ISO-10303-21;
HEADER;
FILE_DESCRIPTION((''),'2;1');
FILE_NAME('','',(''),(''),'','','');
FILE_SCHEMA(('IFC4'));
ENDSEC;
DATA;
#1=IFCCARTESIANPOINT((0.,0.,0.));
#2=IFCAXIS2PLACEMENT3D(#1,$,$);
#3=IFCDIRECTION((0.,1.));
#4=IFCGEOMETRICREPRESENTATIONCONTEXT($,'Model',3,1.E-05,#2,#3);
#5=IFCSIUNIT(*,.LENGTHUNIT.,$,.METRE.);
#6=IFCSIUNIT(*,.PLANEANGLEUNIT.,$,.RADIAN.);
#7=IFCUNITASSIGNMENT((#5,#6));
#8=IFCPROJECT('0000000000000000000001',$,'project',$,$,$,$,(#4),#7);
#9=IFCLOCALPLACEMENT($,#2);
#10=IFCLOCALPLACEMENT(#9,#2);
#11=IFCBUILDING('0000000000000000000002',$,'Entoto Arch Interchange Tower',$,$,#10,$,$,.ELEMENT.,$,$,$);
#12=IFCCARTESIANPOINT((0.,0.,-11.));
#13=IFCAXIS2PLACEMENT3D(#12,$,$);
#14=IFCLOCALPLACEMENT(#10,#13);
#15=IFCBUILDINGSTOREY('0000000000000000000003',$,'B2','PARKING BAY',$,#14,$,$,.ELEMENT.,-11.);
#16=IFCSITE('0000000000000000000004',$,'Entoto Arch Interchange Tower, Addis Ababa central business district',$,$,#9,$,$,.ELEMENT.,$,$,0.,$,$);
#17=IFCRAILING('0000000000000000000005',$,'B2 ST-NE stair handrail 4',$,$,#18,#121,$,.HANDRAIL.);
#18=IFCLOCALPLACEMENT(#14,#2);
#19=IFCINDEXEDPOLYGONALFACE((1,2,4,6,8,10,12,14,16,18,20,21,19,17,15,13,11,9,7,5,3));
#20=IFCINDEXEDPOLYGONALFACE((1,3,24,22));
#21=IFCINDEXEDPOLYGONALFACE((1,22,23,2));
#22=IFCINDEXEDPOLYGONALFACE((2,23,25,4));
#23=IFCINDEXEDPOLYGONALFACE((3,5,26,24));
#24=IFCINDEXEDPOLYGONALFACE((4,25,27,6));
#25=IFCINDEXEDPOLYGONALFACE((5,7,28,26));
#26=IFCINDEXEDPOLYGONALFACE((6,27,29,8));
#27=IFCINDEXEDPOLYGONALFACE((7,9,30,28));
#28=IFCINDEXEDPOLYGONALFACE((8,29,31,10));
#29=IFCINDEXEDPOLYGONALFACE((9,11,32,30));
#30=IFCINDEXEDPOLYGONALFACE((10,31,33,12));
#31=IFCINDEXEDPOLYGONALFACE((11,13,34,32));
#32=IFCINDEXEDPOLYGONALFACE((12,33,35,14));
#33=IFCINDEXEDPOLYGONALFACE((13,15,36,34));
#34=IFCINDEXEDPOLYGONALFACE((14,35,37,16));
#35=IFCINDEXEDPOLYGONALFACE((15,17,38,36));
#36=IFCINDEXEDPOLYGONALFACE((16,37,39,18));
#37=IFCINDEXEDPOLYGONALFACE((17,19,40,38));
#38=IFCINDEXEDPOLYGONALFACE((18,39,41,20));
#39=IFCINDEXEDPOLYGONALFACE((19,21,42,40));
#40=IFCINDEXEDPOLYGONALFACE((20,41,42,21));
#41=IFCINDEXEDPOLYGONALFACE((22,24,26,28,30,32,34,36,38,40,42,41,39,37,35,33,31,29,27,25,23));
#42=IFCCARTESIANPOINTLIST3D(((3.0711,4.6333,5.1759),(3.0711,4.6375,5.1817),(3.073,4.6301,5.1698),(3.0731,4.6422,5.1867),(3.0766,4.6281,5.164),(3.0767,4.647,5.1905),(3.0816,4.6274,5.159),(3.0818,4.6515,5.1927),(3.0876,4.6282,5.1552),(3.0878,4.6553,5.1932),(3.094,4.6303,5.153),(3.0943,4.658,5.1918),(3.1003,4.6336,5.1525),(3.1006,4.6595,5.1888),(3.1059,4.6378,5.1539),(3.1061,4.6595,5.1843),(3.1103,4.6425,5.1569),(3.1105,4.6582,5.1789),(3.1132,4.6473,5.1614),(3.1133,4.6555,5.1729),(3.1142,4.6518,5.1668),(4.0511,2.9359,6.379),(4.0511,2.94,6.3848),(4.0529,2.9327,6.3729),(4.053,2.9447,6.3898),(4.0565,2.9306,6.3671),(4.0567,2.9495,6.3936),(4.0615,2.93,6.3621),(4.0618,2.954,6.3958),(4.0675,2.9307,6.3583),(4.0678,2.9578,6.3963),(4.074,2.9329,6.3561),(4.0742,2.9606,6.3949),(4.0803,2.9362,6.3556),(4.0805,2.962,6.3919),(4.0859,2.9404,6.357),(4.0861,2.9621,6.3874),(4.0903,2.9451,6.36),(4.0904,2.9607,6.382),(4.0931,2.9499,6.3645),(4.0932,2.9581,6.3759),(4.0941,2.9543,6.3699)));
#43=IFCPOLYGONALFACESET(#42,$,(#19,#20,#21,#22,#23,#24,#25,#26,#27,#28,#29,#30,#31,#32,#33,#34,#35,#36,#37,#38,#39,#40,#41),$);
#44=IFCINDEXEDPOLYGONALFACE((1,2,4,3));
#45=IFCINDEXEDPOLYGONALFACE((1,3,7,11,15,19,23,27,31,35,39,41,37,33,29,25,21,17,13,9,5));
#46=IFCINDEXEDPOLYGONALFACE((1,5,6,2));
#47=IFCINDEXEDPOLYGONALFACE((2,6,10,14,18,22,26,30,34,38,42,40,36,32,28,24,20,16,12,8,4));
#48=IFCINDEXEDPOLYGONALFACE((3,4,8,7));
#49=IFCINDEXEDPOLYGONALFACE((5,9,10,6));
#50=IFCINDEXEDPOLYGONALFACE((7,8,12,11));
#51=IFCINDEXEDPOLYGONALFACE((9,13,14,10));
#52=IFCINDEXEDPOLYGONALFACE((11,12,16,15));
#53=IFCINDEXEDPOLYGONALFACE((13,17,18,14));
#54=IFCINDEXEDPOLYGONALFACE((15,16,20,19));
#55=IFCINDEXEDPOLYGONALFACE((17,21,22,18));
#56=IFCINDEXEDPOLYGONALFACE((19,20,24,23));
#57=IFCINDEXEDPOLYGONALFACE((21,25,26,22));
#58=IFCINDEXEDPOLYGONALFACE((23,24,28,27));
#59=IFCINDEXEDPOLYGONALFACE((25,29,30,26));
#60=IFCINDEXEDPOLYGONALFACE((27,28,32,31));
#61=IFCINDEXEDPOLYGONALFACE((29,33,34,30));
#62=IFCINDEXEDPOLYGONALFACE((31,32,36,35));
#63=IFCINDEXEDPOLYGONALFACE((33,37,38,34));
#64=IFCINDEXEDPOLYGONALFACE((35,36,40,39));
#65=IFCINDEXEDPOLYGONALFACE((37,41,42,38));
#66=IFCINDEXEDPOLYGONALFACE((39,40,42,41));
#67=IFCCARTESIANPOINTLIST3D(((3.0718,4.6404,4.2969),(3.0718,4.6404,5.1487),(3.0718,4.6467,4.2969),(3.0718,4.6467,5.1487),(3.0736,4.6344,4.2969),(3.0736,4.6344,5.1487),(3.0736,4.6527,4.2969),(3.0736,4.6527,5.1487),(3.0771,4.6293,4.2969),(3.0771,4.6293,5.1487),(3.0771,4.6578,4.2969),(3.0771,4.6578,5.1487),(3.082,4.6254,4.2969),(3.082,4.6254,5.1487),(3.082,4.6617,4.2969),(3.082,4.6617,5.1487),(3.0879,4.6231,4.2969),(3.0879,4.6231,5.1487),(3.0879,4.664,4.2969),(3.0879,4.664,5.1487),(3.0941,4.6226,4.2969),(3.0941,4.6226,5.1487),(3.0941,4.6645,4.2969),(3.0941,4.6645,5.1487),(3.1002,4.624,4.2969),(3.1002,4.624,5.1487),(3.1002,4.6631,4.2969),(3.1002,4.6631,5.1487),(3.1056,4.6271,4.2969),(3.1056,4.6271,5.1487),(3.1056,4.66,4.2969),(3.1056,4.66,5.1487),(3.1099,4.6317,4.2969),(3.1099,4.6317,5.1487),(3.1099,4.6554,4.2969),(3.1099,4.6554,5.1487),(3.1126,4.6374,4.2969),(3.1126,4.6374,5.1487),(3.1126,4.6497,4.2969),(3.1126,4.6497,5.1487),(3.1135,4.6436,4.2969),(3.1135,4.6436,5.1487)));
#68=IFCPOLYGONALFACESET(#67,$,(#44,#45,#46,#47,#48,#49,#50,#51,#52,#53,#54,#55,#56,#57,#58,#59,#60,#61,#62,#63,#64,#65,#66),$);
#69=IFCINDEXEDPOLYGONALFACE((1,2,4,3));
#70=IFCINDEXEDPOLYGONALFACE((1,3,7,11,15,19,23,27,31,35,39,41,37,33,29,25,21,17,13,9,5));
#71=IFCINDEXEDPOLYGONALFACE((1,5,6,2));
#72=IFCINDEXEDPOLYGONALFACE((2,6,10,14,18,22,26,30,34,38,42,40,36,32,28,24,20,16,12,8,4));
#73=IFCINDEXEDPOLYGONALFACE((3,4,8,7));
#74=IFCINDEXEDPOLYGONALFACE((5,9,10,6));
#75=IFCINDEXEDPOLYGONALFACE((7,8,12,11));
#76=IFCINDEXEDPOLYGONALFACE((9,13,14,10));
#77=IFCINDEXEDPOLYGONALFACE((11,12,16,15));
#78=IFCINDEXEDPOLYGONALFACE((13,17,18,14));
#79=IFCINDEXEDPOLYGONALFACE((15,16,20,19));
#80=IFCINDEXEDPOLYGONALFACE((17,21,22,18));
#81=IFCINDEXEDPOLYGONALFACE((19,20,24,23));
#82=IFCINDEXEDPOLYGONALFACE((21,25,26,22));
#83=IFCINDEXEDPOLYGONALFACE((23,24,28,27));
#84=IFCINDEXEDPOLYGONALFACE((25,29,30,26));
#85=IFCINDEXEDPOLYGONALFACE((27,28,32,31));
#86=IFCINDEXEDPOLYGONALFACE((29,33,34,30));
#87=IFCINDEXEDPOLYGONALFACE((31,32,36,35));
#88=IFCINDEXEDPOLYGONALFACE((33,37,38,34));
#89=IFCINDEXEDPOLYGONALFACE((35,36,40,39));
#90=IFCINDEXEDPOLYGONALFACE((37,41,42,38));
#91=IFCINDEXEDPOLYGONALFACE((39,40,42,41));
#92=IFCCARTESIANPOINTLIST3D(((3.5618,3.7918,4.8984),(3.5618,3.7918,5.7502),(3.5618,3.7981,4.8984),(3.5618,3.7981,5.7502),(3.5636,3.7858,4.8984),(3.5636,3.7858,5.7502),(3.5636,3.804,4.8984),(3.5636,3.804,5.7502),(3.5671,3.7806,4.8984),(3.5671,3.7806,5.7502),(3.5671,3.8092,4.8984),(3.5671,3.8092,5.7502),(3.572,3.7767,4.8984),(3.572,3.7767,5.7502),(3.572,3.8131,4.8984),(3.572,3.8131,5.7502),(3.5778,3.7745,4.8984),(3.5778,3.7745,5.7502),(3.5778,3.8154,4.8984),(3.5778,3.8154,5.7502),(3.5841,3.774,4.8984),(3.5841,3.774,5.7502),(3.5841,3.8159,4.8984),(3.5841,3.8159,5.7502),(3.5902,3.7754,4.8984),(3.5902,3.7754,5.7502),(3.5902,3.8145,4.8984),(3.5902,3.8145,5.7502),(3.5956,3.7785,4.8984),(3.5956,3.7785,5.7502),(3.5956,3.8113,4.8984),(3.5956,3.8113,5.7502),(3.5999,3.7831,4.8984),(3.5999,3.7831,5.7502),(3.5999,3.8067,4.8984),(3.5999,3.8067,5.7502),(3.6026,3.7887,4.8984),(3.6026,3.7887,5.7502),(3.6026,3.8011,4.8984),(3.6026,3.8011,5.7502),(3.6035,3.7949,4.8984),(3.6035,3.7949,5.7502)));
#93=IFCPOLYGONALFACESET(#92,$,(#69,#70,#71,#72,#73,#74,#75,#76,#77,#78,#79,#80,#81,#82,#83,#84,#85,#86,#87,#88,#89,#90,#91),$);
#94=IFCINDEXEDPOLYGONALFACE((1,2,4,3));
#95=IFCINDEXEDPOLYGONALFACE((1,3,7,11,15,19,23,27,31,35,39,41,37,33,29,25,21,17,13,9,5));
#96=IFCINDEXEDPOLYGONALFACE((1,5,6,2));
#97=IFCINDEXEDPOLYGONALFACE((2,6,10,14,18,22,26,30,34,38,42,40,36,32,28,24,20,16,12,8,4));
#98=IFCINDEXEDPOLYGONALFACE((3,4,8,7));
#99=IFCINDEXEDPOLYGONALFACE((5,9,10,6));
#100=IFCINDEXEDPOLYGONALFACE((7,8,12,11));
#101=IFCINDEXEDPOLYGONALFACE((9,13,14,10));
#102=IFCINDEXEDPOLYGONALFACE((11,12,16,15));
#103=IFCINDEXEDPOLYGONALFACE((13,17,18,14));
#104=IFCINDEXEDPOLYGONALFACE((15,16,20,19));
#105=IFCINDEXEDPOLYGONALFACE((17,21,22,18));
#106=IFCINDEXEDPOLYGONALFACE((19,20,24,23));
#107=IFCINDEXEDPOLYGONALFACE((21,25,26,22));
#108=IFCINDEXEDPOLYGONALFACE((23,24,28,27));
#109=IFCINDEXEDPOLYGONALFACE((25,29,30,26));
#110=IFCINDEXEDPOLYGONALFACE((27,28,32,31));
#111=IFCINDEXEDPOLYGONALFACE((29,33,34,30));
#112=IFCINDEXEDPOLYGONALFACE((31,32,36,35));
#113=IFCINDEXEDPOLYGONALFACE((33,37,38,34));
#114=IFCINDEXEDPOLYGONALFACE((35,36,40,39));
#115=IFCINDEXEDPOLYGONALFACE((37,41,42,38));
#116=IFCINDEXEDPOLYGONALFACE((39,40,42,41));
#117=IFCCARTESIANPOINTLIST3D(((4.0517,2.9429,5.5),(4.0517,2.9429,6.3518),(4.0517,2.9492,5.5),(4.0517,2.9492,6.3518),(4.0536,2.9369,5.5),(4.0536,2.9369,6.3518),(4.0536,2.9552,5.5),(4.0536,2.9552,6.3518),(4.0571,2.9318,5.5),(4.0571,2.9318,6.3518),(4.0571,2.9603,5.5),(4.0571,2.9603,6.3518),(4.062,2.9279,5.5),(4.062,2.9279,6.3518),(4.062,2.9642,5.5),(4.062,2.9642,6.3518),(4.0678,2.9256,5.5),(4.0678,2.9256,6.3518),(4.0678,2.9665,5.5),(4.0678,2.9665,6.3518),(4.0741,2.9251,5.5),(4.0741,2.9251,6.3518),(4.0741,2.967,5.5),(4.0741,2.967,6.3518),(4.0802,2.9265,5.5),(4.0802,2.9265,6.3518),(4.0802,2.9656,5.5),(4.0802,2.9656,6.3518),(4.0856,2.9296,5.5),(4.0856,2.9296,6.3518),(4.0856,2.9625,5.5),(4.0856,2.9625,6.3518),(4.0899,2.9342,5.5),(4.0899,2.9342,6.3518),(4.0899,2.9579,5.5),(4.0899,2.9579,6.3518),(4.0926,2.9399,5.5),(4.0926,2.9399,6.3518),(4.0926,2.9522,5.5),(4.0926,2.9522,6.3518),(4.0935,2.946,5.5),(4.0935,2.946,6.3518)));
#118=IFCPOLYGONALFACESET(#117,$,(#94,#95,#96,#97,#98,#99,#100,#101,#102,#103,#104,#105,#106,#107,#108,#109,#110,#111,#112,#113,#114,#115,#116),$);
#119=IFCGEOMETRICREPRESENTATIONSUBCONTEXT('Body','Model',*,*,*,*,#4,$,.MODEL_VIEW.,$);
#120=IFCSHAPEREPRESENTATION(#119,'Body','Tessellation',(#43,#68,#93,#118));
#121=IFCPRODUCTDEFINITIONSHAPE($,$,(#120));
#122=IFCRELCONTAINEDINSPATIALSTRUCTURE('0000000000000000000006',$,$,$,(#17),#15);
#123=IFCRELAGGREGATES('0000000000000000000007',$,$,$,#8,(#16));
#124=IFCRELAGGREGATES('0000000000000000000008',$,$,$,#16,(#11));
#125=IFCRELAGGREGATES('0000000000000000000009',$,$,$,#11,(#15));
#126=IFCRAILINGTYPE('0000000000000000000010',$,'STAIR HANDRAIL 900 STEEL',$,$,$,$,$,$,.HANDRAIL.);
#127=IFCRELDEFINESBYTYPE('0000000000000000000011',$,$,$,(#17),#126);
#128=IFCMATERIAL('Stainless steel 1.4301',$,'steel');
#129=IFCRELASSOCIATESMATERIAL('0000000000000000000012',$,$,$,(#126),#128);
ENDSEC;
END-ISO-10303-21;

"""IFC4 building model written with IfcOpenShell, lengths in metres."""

from ifc_helpers import new_model, si_unit, direction, frame, origin, origin_2d, place, context, subcontext, project, spatial, circle, extrude, material, type_object, element, save


model = new_model("IFC4")

# Units and contexts
model_context = context("Model", 3, precision=1e-05, world=origin(), true_north=direction((0.0, 1.0)))
body_context = subcontext(model_context, "Body", "Model", "MODEL_VIEW")
ifc_project = project(units=[si_unit("LENGTHUNIT", "METRE"), si_unit("PLANEANGLEUNIT", "RADIAN")], contexts=[model_context])

# Site, building, storey
site_placement = place(None, origin())
site = spatial("IfcSite", under=ifc_project, at=site_placement, Name="Entoto Arch Interchange Tower, Addis Ababa central business district", CompositionType="ELEMENT", RefElevation=0.0)
building_placement = place(site_placement, origin())
building = spatial("IfcBuilding", under=site, at=building_placement, Name="Entoto Arch Interchange Tower", CompositionType="ELEMENT")
storey_placement = place(building_placement, frame((0.0, 0.0, -11.0)))
storey = spatial("IfcBuildingStorey", under=building, at=storey_placement, Name="B2", Description="PARKING BAY", CompositionType="ELEMENT", Elevation=-11.0)

# Railing
ifc_material_1 = material(Name="Stainless steel 1.4301", Category="steel")
railing_type_1 = type_object("IfcRailingType", Name="STAIR HANDRAIL 900 STEEL", PredefinedType="HANDRAIL", material=ifc_material_1)
for number, where, name in (
    (1, (3.0925, 4.6436, 4.2969), "B2 ST-NE stair handrail 4"),
):
    element("IfcRailing", number, at=place(storey_placement, frame(where)), inside=storey, type_object=railing_type_1, Name=name, PredefinedType="HANDRAIL", context=body_context, shape_type="SweptSolid", body=[
        extrude(circle(Radius=0.0239, at=origin_2d()), frame((0.0, 0.0, 0.876), z_axis=(0.426102, -0.738089, 0.523127), x_axis=(0.866042, 0.49997, 0.0)), (0.0, 0.0, 1.0), 2.2998),
        extrude(circle(Radius=0.021, at=origin_2d()), origin(), (0.0, 0.0, 1.0), 0.8518),
        extrude(circle(Radius=0.021, at=origin_2d()), frame((0.49, -0.8486, 0.6016)), (0.0, 0.0, 1.0), 0.8518),
        extrude(circle(Radius=0.021, at=origin_2d()), frame((0.98, -1.6975, 1.2031)), (0.0, 0.0, 1.0), 0.8518),
    ])

save(model, "model.ifc")
